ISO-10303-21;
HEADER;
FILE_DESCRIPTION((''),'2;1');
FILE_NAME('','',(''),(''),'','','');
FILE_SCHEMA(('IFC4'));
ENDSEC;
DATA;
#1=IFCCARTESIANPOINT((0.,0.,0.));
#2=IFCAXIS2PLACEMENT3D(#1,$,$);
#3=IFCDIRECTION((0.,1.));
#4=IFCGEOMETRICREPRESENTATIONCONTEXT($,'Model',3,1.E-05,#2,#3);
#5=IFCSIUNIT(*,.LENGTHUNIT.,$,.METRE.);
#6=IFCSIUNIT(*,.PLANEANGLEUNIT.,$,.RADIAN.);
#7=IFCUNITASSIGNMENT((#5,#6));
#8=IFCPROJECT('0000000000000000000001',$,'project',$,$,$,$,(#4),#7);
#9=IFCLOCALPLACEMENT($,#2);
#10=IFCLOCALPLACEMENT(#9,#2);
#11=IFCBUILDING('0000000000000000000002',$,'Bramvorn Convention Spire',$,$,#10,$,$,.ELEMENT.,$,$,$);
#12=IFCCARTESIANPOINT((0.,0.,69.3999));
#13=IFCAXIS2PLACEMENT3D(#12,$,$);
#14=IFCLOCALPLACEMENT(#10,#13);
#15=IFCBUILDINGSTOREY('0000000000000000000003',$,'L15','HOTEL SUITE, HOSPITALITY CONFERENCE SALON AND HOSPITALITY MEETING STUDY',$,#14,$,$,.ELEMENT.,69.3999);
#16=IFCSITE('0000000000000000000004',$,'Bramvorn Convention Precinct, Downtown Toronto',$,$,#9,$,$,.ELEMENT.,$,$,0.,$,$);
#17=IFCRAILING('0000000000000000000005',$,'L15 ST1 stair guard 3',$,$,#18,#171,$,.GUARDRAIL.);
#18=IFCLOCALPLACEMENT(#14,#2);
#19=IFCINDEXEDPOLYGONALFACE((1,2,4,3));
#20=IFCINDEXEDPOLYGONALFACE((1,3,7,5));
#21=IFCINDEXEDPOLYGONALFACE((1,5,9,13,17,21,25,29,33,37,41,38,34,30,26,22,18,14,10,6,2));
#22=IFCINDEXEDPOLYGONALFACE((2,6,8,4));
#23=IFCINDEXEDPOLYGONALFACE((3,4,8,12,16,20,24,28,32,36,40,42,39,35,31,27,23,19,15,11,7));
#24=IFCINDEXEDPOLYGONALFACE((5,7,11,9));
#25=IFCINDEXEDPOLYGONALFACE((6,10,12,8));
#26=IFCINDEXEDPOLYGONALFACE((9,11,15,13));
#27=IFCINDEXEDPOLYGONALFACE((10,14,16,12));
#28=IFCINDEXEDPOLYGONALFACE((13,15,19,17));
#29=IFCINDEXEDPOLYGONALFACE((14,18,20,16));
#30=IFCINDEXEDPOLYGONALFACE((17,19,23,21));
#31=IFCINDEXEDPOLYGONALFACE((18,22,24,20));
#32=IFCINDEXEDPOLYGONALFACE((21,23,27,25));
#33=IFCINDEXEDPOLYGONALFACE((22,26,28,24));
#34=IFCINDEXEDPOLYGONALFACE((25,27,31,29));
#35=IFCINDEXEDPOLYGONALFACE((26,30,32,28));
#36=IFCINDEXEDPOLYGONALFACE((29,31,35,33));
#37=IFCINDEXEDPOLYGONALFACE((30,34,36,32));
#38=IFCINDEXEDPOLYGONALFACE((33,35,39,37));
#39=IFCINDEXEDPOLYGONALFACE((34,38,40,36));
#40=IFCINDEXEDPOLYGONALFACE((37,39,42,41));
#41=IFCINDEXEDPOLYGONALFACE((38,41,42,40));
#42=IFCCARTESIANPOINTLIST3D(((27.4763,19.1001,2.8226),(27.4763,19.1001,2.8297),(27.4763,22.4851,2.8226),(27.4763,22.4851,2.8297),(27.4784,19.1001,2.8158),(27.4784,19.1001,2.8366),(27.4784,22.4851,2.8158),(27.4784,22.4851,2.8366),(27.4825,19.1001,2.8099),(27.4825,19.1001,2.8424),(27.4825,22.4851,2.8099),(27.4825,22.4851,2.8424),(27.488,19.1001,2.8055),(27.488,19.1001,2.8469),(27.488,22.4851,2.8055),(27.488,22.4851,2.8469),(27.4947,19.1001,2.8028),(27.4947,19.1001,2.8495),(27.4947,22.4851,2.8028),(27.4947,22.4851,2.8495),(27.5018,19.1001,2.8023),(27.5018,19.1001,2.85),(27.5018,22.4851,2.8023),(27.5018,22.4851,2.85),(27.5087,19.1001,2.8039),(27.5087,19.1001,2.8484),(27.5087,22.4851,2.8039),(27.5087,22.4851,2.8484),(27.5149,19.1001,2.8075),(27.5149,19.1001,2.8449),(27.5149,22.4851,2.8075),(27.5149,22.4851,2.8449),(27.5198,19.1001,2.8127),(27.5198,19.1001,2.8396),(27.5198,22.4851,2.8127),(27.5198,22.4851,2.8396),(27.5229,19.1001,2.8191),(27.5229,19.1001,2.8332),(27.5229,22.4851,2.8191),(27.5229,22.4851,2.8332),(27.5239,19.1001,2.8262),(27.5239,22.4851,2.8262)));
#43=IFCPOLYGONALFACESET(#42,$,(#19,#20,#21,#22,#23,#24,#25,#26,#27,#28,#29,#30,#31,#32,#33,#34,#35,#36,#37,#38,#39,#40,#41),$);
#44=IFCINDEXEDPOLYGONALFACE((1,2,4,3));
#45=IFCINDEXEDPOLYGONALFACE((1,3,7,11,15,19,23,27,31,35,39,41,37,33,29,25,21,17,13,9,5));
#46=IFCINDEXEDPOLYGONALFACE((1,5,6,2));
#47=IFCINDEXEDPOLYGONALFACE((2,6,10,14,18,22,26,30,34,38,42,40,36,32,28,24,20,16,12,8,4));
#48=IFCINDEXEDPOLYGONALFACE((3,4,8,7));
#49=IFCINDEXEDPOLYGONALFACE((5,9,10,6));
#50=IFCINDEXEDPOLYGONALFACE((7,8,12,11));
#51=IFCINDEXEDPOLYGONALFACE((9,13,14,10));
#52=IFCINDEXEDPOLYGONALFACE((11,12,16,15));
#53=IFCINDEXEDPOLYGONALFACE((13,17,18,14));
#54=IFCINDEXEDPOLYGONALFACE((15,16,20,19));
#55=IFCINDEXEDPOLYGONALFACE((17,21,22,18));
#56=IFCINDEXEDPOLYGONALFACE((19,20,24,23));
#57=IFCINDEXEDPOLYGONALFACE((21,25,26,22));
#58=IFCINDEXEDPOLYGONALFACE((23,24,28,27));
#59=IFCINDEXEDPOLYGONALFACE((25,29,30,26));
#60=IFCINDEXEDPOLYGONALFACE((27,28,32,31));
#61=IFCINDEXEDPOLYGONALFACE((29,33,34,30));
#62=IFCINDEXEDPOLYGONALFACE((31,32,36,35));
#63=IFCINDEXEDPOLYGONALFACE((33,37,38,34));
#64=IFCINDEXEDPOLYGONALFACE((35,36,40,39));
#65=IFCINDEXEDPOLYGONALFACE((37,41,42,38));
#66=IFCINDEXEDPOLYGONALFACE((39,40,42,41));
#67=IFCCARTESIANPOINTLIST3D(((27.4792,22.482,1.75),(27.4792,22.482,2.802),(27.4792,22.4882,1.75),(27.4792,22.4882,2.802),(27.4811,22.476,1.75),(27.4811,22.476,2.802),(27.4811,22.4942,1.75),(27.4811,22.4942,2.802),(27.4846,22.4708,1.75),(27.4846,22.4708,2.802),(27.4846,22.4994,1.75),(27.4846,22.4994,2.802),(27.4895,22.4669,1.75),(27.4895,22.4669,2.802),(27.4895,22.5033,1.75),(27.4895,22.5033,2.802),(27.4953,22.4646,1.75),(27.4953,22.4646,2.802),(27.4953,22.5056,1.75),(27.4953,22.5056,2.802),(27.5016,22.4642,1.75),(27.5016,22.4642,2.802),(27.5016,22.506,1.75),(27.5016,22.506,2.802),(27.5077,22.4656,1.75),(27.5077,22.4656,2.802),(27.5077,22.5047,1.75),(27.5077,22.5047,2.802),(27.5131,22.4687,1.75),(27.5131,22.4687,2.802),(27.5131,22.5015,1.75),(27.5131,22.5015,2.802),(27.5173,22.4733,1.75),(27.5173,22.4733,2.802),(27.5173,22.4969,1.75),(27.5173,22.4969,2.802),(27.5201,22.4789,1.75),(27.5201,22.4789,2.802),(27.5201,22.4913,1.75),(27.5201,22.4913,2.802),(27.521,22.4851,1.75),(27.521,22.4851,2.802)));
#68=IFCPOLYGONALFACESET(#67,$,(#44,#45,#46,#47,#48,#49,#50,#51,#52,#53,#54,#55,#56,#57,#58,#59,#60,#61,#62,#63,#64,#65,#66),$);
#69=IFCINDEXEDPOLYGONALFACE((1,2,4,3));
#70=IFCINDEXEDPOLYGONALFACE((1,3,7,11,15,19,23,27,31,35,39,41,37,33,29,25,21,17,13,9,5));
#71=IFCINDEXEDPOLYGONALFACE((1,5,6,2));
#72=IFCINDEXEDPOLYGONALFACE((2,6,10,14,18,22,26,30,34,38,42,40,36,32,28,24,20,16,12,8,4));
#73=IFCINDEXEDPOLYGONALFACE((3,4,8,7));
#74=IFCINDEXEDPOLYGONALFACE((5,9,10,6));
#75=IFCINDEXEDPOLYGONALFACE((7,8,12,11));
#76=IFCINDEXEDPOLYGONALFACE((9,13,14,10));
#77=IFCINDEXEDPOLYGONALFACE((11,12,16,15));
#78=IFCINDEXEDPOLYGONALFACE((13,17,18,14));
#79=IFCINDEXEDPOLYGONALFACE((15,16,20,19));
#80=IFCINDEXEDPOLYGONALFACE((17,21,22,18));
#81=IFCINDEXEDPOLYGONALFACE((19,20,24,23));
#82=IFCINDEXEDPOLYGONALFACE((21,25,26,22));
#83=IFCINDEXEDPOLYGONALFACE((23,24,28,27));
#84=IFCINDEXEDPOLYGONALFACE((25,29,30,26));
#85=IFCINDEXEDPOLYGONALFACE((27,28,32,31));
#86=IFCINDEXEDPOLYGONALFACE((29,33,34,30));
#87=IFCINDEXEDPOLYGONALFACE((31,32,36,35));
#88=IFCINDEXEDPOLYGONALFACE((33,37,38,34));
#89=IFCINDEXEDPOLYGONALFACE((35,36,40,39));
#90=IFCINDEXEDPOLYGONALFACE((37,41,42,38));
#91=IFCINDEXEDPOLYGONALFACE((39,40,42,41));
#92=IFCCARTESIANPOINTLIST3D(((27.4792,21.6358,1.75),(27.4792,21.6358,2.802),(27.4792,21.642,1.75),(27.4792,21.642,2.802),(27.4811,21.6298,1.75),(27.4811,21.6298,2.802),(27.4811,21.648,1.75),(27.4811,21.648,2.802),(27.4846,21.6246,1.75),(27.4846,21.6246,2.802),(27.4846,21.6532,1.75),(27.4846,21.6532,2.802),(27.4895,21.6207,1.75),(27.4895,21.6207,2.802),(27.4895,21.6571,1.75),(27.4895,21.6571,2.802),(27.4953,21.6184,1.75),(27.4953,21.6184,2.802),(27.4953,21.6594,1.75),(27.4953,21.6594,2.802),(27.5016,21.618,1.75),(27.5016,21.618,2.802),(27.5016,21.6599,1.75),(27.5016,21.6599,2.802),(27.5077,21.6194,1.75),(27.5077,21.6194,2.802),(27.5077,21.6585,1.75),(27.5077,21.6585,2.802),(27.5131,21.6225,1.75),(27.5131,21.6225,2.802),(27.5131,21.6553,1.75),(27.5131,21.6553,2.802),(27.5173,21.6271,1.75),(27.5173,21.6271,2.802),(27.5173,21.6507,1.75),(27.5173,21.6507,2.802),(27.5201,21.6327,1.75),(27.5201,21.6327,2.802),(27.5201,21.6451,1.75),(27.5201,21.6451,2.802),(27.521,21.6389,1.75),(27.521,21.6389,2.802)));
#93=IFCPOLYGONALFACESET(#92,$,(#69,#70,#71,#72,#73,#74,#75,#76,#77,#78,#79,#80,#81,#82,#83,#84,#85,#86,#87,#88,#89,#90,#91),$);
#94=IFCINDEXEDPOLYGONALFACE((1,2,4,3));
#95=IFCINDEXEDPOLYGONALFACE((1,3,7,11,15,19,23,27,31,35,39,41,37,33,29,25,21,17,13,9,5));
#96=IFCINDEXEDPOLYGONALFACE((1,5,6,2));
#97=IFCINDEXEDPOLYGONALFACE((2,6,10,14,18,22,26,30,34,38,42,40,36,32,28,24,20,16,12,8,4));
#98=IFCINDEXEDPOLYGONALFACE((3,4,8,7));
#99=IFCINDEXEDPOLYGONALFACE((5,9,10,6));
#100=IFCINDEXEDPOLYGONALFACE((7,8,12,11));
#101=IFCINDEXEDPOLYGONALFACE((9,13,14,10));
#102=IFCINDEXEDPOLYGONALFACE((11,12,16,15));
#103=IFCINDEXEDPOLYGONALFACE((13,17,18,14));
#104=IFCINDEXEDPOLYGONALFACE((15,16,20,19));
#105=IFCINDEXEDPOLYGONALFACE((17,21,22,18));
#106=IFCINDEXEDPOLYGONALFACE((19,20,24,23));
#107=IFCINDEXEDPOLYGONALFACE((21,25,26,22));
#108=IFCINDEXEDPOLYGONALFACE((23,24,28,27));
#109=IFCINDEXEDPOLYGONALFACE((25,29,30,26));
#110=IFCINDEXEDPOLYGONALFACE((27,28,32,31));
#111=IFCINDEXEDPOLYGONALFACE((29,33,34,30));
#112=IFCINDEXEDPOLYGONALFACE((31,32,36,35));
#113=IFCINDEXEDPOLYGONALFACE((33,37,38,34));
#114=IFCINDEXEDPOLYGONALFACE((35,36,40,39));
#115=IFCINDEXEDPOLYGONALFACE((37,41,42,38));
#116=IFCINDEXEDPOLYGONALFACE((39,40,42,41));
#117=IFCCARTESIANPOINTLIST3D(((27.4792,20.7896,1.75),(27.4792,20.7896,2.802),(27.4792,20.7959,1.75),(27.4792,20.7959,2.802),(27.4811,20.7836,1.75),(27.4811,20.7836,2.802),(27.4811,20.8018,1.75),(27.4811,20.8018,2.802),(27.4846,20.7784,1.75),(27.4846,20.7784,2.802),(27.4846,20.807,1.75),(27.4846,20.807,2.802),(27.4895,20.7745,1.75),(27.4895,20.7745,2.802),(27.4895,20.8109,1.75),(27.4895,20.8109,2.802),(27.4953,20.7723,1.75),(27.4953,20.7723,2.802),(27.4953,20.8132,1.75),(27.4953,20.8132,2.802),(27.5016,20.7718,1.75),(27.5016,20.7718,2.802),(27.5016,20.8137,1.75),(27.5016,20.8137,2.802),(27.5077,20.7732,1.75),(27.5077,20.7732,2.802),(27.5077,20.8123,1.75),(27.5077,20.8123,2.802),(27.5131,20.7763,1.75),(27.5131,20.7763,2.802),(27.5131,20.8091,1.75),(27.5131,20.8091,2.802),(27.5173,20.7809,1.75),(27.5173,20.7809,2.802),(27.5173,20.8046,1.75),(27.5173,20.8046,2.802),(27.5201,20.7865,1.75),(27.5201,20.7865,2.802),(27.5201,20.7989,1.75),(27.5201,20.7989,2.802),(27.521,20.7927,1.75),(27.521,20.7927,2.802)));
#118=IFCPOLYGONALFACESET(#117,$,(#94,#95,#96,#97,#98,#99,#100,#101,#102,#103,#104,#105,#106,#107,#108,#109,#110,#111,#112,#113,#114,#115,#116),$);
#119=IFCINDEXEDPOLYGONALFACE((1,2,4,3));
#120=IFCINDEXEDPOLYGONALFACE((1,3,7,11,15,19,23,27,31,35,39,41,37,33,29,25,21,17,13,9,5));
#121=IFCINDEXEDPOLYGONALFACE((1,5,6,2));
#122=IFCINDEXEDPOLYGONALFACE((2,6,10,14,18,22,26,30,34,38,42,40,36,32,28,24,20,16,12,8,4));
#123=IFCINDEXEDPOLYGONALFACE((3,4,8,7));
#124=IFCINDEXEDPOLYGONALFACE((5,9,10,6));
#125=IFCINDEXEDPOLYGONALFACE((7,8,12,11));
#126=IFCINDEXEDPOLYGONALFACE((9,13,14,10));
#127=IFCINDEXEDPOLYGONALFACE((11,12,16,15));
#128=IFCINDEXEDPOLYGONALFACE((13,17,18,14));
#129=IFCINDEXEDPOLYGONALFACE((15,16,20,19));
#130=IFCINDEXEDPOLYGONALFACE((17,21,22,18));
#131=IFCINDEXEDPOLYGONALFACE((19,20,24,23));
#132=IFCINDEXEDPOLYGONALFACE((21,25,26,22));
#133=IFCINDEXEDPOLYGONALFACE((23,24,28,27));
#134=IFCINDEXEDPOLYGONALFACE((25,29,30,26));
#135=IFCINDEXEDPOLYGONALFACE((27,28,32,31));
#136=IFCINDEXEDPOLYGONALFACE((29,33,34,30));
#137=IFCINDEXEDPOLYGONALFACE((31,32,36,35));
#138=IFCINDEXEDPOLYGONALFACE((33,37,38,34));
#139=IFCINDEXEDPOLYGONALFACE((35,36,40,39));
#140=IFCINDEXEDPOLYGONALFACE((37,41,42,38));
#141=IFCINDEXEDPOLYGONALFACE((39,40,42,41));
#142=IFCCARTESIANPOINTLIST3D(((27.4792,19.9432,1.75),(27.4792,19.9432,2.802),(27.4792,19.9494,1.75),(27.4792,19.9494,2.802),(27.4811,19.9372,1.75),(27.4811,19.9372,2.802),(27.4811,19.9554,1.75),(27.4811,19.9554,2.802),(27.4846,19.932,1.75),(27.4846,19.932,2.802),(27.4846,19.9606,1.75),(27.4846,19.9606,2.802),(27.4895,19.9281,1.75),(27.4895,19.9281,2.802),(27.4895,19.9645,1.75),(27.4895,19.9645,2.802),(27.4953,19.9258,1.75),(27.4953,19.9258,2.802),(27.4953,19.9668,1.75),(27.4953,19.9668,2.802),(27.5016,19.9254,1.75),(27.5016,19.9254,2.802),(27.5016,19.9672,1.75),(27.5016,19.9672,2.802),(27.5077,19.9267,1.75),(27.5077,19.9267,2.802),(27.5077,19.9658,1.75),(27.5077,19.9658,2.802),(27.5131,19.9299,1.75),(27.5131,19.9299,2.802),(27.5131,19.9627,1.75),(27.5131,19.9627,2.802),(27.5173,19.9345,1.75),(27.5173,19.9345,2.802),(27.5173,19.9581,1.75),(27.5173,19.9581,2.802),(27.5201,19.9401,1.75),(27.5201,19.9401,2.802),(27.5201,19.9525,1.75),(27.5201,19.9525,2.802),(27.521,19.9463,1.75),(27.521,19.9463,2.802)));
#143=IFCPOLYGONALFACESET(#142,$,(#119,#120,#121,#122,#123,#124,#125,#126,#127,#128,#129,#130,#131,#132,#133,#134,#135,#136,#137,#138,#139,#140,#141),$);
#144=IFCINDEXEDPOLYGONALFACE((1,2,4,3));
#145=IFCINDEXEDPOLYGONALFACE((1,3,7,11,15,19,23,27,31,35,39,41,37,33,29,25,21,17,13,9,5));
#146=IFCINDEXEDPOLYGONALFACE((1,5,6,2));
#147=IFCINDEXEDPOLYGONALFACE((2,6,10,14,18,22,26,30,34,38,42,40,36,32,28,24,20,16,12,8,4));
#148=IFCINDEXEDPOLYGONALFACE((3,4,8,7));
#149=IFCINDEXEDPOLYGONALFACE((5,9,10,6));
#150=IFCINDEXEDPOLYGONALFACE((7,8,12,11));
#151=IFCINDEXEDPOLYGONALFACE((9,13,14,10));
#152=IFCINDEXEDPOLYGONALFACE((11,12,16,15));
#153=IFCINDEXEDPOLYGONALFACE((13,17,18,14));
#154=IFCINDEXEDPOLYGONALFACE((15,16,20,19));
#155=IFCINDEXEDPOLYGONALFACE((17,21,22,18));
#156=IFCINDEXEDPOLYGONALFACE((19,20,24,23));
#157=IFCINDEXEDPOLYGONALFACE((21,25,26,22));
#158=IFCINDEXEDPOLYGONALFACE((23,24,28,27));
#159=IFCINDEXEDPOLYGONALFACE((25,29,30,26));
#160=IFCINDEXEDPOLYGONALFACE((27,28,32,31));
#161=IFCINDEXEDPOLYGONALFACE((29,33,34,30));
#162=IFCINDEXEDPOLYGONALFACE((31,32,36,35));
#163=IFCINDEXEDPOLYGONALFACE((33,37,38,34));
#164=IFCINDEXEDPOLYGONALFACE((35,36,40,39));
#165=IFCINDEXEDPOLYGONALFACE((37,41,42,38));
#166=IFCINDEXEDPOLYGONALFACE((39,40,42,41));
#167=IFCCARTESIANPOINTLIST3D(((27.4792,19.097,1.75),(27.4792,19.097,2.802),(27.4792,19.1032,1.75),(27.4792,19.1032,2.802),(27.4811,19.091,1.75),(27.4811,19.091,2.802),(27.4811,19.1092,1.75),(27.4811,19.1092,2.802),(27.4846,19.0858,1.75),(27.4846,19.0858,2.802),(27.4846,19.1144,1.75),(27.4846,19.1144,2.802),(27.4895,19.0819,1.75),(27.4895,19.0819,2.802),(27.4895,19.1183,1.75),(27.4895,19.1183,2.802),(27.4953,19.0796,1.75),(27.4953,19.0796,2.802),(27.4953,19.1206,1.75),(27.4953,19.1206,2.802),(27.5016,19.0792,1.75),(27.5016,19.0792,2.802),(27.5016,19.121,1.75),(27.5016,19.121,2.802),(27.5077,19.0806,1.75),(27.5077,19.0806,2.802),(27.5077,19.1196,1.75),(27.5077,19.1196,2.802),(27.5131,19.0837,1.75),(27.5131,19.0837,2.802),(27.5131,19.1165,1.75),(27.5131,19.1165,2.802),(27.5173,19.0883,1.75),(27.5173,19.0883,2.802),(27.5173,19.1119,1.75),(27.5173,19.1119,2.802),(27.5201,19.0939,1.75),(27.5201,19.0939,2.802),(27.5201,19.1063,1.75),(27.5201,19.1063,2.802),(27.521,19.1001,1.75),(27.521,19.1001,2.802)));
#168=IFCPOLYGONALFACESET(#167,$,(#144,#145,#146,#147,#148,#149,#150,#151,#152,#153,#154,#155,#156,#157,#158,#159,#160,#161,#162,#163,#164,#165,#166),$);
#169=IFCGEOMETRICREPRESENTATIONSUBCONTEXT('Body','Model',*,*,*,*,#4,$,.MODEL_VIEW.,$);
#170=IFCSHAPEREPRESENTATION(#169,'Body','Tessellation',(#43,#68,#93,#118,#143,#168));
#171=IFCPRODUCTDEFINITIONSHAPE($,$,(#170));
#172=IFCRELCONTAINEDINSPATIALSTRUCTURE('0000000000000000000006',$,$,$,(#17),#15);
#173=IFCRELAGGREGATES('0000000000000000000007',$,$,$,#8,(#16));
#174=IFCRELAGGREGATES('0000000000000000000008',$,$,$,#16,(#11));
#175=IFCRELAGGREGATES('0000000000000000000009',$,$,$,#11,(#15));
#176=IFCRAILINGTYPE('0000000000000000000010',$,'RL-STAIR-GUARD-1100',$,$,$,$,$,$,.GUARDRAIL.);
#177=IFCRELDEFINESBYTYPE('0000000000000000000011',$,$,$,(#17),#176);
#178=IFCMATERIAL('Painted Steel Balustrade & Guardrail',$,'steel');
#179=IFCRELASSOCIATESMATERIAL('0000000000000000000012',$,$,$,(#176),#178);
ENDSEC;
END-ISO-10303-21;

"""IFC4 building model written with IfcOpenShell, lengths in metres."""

from ifc_helpers import new_model, si_unit, direction, frame, origin, origin_2d, place, context, subcontext, project, spatial, circle, extrude, material, type_object, element, save


model = new_model("IFC4")

# Units and contexts
model_context = context("Model", 3, precision=1e-05, world=origin(), true_north=direction((0.0, 1.0)))
body_context = subcontext(model_context, "Body", "Model", "MODEL_VIEW")
ifc_project = project(units=[si_unit("LENGTHUNIT", "METRE"), si_unit("PLANEANGLEUNIT", "RADIAN")], contexts=[model_context])

# Site, building, storey
site_placement = place(None, origin())
site = spatial("IfcSite", under=ifc_project, at=site_placement, Name="Bramvorn Convention Precinct, Downtown Toronto", CompositionType="ELEMENT", RefElevation=0.0)
building_placement = place(site_placement, origin())
building = spatial("IfcBuilding", under=site, at=building_placement, Name="Bramvorn Convention Spire", CompositionType="ELEMENT")
storey_placement = place(building_placement, frame((0.0, 0.0, 69.3999)))
storey = spatial("IfcBuildingStorey", under=building, at=storey_placement, Name="L15", Description="HOTEL SUITE, HOSPITALITY CONFERENCE SALON AND HOSPITALITY MEETING STUDY", CompositionType="ELEMENT", Elevation=69.3999)

# Railing
ifc_material_1 = material(Name="Painted Steel Balustrade & Guardrail", Category="steel")
railing_type_1 = type_object("IfcRailingType", Name="RL-STAIR-GUARD-1100", PredefinedType="GUARDRAIL", material=ifc_material_1)
for number, where, name in (
    (1, (27.5, 22.4851, 1.75), "L15 ST1 stair guard 3"),
):
    element("IfcRailing", number, at=place(storey_placement, frame(where)), inside=storey, type_object=railing_type_1, Name=name, PredefinedType="GUARDRAIL", context=body_context, shape_type="SweptSolid", body=[
        extrude(circle(Radius=0.0239, at=origin_2d()), frame((0.0, 0.0, 1.0762), z_axis=(0.0, -1.0, 0.0), x_axis=(1.0, 0.0, 0.0)), (0.0, 0.0, 1.0), 3.385),
        extrude(circle(Radius=0.021, at=origin_2d()), origin(), (0.0, 0.0, 1.0), 1.052),
        extrude(circle(Radius=0.021, at=origin_2d()), frame((0.0, -0.8462, 0.0)), (0.0, 0.0, 1.0), 1.052),
        extrude(circle(Radius=0.021, at=origin_2d()), frame((0.0, -1.6924, 0.0)), (0.0, 0.0, 1.0), 1.052),
        extrude(circle(Radius=0.021, at=origin_2d()), frame((0.0, -2.5388, 0.0)), (0.0, 0.0, 1.0), 1.052),
        extrude(circle(Radius=0.021, at=origin_2d()), frame((0.0, -3.385, 0.0)), (0.0, 0.0, 1.0), 1.052),
    ])

save(model, "model.ifc")
